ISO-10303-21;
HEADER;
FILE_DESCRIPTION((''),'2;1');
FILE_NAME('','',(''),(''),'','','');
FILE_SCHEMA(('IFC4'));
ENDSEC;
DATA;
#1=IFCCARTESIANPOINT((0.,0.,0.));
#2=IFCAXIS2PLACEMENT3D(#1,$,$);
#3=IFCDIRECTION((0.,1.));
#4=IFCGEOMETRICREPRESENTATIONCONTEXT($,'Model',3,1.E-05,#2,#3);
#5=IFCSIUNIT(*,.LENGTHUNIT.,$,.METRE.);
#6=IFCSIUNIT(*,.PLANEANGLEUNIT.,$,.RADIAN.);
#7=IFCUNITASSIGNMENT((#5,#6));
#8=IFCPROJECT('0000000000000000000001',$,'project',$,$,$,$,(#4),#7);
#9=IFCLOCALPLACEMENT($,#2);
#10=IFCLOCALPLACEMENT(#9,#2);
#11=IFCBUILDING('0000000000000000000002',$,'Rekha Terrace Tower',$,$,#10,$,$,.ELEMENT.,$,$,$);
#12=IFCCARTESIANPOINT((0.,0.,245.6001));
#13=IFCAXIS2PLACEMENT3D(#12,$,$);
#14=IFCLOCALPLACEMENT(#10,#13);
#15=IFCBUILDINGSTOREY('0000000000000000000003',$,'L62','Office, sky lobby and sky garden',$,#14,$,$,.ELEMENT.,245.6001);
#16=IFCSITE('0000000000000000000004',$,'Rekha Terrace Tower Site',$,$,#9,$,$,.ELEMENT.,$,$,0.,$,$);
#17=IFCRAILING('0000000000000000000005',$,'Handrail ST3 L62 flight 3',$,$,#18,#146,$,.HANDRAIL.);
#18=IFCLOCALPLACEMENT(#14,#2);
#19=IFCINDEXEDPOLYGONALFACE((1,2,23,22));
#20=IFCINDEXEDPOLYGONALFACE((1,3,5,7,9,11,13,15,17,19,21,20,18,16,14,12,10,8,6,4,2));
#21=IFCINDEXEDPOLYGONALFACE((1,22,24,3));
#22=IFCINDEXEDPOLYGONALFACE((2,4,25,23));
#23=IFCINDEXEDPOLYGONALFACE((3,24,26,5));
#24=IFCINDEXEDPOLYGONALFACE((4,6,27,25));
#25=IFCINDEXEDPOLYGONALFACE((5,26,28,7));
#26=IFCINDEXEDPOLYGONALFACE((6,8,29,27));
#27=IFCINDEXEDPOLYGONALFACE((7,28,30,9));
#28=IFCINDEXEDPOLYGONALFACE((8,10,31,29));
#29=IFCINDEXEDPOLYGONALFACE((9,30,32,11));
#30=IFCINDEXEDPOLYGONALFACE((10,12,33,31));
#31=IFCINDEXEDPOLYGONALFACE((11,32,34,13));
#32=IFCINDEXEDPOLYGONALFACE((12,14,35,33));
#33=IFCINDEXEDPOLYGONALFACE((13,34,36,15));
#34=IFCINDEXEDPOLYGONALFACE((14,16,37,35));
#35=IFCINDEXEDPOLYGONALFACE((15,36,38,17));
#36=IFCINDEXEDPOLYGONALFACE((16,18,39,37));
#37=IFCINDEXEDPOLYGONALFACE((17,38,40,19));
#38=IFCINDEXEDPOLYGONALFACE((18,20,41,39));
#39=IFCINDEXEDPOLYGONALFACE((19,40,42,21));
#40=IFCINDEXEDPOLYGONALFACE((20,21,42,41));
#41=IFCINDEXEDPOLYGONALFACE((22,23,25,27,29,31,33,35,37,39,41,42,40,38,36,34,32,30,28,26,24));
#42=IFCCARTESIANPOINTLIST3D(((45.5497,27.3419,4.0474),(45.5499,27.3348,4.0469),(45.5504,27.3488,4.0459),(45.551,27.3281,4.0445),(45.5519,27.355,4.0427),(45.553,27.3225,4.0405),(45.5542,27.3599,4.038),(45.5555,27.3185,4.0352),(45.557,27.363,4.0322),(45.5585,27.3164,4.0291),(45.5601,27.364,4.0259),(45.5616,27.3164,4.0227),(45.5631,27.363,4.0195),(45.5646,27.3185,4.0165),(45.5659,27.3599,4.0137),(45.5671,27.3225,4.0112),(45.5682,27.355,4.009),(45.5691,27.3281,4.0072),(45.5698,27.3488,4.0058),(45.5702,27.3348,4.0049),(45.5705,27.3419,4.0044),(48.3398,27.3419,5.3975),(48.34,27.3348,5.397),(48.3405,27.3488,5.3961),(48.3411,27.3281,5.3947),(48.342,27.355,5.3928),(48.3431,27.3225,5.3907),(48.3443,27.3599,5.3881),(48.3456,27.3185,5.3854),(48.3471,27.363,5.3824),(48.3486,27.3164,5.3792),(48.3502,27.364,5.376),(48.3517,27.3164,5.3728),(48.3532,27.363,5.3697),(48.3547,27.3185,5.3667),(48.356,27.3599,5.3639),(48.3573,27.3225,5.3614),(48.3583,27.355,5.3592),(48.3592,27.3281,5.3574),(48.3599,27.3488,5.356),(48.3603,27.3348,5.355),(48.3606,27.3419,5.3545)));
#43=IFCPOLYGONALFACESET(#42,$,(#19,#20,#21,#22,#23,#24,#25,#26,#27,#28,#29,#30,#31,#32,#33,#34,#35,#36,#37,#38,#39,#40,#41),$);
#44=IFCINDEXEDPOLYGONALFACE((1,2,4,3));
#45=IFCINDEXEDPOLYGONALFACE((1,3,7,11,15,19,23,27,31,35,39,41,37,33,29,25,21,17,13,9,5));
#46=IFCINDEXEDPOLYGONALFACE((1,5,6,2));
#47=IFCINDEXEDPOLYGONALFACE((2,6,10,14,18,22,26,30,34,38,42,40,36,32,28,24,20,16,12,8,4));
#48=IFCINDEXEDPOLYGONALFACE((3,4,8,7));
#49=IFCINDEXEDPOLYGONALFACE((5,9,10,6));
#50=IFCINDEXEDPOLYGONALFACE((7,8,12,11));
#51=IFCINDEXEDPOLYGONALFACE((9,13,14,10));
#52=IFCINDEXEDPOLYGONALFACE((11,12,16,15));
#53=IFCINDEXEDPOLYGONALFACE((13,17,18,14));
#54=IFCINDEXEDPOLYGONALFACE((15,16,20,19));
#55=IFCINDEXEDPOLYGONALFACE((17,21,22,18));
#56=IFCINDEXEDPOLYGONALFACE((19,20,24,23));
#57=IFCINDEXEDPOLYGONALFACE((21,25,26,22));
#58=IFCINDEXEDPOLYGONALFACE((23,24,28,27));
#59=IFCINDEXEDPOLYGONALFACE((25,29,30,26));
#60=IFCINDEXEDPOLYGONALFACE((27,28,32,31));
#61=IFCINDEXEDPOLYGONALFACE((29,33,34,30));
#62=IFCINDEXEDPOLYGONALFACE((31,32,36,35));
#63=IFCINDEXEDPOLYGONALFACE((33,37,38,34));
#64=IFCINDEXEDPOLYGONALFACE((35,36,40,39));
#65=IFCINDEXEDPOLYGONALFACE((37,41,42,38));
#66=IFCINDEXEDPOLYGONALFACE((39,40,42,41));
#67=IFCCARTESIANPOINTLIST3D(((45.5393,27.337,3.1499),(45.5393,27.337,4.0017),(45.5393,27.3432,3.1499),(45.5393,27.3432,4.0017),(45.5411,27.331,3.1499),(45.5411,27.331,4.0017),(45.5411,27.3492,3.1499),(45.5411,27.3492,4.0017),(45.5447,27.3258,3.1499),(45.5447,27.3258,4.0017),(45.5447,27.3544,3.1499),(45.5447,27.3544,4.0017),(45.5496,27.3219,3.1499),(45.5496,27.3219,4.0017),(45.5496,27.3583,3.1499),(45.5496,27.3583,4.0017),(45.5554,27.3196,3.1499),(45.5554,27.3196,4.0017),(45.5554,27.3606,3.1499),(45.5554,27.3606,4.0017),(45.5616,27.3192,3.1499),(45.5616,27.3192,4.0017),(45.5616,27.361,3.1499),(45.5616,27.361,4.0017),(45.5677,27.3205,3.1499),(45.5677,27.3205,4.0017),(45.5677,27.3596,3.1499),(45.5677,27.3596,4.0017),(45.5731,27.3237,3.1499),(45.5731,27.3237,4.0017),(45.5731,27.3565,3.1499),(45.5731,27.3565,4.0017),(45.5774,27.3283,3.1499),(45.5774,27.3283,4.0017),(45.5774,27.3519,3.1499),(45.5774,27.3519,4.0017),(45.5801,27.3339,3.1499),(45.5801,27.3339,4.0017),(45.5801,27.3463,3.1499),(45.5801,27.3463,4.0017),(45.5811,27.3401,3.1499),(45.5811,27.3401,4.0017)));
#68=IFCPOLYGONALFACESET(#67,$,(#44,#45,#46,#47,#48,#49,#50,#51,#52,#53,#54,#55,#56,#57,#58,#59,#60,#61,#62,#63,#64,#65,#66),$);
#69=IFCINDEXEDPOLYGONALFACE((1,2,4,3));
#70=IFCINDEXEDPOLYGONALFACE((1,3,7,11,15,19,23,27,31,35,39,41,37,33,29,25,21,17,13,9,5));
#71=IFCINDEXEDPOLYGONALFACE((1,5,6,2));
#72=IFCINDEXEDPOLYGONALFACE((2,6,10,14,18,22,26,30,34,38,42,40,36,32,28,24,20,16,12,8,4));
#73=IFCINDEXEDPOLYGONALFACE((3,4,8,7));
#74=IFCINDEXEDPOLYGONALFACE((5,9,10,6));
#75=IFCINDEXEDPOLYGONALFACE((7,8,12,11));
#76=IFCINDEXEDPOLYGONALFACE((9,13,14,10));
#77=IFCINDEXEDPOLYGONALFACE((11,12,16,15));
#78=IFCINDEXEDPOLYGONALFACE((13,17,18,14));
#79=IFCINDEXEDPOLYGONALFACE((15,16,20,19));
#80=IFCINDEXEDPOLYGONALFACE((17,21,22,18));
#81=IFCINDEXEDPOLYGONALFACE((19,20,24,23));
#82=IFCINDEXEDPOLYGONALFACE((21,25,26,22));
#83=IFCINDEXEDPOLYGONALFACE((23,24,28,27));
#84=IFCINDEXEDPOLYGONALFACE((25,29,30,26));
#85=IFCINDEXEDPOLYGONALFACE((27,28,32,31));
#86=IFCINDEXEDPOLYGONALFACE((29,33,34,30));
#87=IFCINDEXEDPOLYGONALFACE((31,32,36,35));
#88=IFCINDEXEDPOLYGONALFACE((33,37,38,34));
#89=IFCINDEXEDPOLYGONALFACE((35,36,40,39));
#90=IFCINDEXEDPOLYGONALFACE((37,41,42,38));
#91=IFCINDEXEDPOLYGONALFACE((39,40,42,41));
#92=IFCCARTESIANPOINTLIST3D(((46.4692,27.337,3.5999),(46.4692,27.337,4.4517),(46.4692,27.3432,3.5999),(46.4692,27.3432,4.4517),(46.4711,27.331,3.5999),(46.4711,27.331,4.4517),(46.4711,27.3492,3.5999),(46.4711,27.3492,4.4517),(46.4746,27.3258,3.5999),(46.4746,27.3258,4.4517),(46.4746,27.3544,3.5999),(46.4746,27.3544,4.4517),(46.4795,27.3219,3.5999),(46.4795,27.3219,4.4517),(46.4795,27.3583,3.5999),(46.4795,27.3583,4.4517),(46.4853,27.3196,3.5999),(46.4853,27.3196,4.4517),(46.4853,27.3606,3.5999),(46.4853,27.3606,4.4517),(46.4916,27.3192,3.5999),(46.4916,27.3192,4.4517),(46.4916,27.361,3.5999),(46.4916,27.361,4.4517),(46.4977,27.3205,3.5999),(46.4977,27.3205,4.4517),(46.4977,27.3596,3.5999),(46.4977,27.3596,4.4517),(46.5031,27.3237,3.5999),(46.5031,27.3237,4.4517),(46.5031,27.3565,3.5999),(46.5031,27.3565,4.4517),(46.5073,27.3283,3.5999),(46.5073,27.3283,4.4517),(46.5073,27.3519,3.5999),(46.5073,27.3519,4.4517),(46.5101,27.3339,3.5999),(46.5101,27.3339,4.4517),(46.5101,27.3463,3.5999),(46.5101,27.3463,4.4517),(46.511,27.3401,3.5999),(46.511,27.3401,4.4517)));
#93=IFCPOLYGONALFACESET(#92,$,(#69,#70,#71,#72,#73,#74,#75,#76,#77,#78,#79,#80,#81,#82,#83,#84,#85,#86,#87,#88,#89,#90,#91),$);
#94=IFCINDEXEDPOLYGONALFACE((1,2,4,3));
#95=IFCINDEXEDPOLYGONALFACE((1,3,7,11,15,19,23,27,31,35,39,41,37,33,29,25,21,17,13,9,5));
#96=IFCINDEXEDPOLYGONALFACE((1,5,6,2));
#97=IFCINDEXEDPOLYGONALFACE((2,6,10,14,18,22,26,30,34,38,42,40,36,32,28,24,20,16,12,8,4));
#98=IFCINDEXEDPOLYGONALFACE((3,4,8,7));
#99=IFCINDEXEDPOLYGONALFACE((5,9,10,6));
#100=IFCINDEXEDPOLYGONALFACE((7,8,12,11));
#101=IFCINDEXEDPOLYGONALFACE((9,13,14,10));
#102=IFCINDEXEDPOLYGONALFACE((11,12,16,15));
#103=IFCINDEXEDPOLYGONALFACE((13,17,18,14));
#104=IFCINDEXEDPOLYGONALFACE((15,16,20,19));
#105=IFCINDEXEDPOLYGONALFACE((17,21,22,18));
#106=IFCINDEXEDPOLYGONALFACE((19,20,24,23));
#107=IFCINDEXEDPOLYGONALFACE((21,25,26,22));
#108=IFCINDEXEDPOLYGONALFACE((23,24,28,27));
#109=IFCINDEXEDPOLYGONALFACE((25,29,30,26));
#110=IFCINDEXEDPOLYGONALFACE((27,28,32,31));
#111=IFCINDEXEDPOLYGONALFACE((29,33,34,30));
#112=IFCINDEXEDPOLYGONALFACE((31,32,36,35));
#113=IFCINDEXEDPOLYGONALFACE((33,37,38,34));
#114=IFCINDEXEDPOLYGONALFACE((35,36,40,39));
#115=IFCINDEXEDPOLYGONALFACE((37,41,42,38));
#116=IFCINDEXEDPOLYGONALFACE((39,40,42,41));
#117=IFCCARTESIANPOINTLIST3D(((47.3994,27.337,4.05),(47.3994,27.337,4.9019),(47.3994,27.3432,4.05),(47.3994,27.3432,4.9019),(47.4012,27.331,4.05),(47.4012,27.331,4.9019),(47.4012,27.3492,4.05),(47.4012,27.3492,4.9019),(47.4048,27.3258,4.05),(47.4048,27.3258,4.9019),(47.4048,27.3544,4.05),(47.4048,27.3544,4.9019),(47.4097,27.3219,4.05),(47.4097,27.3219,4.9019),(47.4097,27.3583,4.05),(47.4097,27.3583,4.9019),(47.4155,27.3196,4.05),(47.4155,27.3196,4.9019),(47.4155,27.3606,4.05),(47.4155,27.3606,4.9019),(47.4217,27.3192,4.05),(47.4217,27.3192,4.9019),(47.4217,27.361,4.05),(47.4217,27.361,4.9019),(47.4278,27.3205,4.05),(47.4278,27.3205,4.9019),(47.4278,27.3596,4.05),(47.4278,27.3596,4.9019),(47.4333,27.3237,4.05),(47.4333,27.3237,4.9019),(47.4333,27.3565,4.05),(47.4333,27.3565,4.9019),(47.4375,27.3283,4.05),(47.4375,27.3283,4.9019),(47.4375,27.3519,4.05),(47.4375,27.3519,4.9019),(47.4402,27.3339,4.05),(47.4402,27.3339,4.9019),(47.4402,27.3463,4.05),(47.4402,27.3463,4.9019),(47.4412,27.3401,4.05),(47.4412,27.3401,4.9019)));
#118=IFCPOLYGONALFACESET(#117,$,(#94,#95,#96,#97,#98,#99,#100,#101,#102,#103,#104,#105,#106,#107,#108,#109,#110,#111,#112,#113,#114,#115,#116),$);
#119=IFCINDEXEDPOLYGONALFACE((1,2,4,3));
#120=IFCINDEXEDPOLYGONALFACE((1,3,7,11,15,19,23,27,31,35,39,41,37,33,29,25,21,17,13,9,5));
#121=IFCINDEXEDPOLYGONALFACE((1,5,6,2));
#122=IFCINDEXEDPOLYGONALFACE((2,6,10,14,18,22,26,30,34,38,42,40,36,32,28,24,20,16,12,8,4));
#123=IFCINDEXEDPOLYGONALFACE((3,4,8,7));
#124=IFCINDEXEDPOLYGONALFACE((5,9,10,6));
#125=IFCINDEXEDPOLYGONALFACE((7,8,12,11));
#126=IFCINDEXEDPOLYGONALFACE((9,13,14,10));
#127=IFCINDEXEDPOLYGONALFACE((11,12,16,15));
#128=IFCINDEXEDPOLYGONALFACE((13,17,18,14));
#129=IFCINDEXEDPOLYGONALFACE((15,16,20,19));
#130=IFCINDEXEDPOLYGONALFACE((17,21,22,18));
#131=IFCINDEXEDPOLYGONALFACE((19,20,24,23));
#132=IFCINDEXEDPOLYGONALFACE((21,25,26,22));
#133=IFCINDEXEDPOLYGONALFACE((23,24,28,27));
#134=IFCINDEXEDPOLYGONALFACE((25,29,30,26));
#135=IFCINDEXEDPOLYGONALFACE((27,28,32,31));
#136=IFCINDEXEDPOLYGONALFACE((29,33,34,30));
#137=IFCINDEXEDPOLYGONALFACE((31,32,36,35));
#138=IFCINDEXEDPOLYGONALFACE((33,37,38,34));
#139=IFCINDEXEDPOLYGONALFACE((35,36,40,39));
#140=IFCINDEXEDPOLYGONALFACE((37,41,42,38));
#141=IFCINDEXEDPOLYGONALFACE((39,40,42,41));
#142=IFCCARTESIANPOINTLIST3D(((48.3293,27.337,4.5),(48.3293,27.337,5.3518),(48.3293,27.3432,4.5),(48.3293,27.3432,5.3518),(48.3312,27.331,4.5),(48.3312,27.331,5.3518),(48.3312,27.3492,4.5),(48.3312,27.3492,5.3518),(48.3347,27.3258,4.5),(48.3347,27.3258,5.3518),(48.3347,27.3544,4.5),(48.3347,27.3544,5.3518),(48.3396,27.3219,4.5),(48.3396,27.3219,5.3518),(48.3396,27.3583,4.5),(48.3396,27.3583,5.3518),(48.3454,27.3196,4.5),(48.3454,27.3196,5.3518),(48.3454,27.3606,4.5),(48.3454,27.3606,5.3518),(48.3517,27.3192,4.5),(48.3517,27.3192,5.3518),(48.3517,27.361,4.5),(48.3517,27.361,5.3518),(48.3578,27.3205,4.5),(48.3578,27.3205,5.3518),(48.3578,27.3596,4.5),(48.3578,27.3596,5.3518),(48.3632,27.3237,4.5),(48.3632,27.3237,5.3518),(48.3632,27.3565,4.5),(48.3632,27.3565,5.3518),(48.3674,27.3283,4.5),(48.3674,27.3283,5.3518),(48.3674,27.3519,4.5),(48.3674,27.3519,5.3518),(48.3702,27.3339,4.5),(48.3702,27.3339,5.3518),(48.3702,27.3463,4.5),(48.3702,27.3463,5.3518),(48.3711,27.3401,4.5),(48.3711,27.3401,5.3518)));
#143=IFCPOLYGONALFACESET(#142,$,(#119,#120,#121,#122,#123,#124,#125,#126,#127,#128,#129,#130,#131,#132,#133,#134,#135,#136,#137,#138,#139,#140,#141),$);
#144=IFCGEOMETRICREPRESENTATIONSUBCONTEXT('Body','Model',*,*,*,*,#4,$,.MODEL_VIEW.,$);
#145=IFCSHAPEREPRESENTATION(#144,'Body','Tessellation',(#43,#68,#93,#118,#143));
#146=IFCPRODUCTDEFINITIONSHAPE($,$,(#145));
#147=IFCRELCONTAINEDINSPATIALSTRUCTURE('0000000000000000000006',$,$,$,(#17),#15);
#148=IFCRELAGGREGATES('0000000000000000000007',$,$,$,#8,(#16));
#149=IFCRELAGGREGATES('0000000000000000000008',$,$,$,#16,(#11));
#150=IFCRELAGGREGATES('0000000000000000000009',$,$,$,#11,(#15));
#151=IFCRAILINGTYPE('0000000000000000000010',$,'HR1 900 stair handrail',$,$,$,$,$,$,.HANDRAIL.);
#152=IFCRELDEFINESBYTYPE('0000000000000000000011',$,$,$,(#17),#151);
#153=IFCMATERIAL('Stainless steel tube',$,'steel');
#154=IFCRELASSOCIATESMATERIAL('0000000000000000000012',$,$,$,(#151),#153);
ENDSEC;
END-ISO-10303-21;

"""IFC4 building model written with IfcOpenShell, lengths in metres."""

from ifc_helpers import new_model, si_unit, direction, frame, origin, origin_2d, place, context, subcontext, project, spatial, circle, extrude, material, type_object, element, save


model = new_model("IFC4")

# Units and contexts
model_context = context("Model", 3, precision=1e-05, world=origin(), true_north=direction((0.0, 1.0)))
body_context = subcontext(model_context, "Body", "Model", "MODEL_VIEW")
ifc_project = project(units=[si_unit("LENGTHUNIT", "METRE"), si_unit("PLANEANGLEUNIT", "RADIAN")], contexts=[model_context])

# Site, building, storey
site_placement = place(None, origin())
site = spatial("IfcSite", under=ifc_project, at=site_placement, Name="Rekha Terrace Tower Site", CompositionType="ELEMENT", RefElevation=0.0)
building_placement = place(site_placement, origin())
building = spatial("IfcBuilding", under=site, at=building_placement, Name="Rekha Terrace Tower", CompositionType="ELEMENT")
storey_placement = place(building_placement, frame((0.0, 0.0, 245.6001)))
storey = spatial("IfcBuildingStorey", under=building, at=storey_placement, Name="L62", Description="Office, sky lobby and sky garden", CompositionType="ELEMENT", Elevation=245.6001)

# Railing
ifc_material_1 = material(Name="Stainless steel tube", Category="steel")
railing_type_1 = type_object("IfcRailingType", Name="HR1 900 stair handrail", PredefinedType="HANDRAIL", material=ifc_material_1)
railing_1_placement = place(storey_placement, frame((45.5601, 27.3401, 3.1499)))
element("IfcRailing", 1, at=railing_1_placement, inside=storey, type_object=railing_type_1, Name="Handrail ST3 L62 flight 3", PredefinedType="HANDRAIL", context=body_context, shape_type="SweptSolid", body=[
    extrude(circle(Radius=0.0239, at=origin_2d()), frame((0.0, 0.0, 0.876), z_axis=(0.900149, 0.0, 0.435582), x_axis=(0.0, 1.0, 0.0)), (0.0, 0.0, 1.0), 3.0996),
    extrude(circle(Radius=0.021, at=origin_2d()), origin(), (0.0, 0.0, 1.0), 0.8518),
    extrude(circle(Radius=0.021, at=origin_2d()), frame((0.9299, 0.0, 0.45)), (0.0, 0.0, 1.0), 0.8518),
    extrude(circle(Radius=0.021, at=origin_2d()), frame((1.8601, 0.0, 0.9001)), (0.0, 0.0, 1.0), 0.8518),
    extrude(circle(Radius=0.021, at=origin_2d()), frame((2.79, 0.0, 1.3501)), (0.0, 0.0, 1.0), 0.8518),
])

save(model, "model.ifc")
